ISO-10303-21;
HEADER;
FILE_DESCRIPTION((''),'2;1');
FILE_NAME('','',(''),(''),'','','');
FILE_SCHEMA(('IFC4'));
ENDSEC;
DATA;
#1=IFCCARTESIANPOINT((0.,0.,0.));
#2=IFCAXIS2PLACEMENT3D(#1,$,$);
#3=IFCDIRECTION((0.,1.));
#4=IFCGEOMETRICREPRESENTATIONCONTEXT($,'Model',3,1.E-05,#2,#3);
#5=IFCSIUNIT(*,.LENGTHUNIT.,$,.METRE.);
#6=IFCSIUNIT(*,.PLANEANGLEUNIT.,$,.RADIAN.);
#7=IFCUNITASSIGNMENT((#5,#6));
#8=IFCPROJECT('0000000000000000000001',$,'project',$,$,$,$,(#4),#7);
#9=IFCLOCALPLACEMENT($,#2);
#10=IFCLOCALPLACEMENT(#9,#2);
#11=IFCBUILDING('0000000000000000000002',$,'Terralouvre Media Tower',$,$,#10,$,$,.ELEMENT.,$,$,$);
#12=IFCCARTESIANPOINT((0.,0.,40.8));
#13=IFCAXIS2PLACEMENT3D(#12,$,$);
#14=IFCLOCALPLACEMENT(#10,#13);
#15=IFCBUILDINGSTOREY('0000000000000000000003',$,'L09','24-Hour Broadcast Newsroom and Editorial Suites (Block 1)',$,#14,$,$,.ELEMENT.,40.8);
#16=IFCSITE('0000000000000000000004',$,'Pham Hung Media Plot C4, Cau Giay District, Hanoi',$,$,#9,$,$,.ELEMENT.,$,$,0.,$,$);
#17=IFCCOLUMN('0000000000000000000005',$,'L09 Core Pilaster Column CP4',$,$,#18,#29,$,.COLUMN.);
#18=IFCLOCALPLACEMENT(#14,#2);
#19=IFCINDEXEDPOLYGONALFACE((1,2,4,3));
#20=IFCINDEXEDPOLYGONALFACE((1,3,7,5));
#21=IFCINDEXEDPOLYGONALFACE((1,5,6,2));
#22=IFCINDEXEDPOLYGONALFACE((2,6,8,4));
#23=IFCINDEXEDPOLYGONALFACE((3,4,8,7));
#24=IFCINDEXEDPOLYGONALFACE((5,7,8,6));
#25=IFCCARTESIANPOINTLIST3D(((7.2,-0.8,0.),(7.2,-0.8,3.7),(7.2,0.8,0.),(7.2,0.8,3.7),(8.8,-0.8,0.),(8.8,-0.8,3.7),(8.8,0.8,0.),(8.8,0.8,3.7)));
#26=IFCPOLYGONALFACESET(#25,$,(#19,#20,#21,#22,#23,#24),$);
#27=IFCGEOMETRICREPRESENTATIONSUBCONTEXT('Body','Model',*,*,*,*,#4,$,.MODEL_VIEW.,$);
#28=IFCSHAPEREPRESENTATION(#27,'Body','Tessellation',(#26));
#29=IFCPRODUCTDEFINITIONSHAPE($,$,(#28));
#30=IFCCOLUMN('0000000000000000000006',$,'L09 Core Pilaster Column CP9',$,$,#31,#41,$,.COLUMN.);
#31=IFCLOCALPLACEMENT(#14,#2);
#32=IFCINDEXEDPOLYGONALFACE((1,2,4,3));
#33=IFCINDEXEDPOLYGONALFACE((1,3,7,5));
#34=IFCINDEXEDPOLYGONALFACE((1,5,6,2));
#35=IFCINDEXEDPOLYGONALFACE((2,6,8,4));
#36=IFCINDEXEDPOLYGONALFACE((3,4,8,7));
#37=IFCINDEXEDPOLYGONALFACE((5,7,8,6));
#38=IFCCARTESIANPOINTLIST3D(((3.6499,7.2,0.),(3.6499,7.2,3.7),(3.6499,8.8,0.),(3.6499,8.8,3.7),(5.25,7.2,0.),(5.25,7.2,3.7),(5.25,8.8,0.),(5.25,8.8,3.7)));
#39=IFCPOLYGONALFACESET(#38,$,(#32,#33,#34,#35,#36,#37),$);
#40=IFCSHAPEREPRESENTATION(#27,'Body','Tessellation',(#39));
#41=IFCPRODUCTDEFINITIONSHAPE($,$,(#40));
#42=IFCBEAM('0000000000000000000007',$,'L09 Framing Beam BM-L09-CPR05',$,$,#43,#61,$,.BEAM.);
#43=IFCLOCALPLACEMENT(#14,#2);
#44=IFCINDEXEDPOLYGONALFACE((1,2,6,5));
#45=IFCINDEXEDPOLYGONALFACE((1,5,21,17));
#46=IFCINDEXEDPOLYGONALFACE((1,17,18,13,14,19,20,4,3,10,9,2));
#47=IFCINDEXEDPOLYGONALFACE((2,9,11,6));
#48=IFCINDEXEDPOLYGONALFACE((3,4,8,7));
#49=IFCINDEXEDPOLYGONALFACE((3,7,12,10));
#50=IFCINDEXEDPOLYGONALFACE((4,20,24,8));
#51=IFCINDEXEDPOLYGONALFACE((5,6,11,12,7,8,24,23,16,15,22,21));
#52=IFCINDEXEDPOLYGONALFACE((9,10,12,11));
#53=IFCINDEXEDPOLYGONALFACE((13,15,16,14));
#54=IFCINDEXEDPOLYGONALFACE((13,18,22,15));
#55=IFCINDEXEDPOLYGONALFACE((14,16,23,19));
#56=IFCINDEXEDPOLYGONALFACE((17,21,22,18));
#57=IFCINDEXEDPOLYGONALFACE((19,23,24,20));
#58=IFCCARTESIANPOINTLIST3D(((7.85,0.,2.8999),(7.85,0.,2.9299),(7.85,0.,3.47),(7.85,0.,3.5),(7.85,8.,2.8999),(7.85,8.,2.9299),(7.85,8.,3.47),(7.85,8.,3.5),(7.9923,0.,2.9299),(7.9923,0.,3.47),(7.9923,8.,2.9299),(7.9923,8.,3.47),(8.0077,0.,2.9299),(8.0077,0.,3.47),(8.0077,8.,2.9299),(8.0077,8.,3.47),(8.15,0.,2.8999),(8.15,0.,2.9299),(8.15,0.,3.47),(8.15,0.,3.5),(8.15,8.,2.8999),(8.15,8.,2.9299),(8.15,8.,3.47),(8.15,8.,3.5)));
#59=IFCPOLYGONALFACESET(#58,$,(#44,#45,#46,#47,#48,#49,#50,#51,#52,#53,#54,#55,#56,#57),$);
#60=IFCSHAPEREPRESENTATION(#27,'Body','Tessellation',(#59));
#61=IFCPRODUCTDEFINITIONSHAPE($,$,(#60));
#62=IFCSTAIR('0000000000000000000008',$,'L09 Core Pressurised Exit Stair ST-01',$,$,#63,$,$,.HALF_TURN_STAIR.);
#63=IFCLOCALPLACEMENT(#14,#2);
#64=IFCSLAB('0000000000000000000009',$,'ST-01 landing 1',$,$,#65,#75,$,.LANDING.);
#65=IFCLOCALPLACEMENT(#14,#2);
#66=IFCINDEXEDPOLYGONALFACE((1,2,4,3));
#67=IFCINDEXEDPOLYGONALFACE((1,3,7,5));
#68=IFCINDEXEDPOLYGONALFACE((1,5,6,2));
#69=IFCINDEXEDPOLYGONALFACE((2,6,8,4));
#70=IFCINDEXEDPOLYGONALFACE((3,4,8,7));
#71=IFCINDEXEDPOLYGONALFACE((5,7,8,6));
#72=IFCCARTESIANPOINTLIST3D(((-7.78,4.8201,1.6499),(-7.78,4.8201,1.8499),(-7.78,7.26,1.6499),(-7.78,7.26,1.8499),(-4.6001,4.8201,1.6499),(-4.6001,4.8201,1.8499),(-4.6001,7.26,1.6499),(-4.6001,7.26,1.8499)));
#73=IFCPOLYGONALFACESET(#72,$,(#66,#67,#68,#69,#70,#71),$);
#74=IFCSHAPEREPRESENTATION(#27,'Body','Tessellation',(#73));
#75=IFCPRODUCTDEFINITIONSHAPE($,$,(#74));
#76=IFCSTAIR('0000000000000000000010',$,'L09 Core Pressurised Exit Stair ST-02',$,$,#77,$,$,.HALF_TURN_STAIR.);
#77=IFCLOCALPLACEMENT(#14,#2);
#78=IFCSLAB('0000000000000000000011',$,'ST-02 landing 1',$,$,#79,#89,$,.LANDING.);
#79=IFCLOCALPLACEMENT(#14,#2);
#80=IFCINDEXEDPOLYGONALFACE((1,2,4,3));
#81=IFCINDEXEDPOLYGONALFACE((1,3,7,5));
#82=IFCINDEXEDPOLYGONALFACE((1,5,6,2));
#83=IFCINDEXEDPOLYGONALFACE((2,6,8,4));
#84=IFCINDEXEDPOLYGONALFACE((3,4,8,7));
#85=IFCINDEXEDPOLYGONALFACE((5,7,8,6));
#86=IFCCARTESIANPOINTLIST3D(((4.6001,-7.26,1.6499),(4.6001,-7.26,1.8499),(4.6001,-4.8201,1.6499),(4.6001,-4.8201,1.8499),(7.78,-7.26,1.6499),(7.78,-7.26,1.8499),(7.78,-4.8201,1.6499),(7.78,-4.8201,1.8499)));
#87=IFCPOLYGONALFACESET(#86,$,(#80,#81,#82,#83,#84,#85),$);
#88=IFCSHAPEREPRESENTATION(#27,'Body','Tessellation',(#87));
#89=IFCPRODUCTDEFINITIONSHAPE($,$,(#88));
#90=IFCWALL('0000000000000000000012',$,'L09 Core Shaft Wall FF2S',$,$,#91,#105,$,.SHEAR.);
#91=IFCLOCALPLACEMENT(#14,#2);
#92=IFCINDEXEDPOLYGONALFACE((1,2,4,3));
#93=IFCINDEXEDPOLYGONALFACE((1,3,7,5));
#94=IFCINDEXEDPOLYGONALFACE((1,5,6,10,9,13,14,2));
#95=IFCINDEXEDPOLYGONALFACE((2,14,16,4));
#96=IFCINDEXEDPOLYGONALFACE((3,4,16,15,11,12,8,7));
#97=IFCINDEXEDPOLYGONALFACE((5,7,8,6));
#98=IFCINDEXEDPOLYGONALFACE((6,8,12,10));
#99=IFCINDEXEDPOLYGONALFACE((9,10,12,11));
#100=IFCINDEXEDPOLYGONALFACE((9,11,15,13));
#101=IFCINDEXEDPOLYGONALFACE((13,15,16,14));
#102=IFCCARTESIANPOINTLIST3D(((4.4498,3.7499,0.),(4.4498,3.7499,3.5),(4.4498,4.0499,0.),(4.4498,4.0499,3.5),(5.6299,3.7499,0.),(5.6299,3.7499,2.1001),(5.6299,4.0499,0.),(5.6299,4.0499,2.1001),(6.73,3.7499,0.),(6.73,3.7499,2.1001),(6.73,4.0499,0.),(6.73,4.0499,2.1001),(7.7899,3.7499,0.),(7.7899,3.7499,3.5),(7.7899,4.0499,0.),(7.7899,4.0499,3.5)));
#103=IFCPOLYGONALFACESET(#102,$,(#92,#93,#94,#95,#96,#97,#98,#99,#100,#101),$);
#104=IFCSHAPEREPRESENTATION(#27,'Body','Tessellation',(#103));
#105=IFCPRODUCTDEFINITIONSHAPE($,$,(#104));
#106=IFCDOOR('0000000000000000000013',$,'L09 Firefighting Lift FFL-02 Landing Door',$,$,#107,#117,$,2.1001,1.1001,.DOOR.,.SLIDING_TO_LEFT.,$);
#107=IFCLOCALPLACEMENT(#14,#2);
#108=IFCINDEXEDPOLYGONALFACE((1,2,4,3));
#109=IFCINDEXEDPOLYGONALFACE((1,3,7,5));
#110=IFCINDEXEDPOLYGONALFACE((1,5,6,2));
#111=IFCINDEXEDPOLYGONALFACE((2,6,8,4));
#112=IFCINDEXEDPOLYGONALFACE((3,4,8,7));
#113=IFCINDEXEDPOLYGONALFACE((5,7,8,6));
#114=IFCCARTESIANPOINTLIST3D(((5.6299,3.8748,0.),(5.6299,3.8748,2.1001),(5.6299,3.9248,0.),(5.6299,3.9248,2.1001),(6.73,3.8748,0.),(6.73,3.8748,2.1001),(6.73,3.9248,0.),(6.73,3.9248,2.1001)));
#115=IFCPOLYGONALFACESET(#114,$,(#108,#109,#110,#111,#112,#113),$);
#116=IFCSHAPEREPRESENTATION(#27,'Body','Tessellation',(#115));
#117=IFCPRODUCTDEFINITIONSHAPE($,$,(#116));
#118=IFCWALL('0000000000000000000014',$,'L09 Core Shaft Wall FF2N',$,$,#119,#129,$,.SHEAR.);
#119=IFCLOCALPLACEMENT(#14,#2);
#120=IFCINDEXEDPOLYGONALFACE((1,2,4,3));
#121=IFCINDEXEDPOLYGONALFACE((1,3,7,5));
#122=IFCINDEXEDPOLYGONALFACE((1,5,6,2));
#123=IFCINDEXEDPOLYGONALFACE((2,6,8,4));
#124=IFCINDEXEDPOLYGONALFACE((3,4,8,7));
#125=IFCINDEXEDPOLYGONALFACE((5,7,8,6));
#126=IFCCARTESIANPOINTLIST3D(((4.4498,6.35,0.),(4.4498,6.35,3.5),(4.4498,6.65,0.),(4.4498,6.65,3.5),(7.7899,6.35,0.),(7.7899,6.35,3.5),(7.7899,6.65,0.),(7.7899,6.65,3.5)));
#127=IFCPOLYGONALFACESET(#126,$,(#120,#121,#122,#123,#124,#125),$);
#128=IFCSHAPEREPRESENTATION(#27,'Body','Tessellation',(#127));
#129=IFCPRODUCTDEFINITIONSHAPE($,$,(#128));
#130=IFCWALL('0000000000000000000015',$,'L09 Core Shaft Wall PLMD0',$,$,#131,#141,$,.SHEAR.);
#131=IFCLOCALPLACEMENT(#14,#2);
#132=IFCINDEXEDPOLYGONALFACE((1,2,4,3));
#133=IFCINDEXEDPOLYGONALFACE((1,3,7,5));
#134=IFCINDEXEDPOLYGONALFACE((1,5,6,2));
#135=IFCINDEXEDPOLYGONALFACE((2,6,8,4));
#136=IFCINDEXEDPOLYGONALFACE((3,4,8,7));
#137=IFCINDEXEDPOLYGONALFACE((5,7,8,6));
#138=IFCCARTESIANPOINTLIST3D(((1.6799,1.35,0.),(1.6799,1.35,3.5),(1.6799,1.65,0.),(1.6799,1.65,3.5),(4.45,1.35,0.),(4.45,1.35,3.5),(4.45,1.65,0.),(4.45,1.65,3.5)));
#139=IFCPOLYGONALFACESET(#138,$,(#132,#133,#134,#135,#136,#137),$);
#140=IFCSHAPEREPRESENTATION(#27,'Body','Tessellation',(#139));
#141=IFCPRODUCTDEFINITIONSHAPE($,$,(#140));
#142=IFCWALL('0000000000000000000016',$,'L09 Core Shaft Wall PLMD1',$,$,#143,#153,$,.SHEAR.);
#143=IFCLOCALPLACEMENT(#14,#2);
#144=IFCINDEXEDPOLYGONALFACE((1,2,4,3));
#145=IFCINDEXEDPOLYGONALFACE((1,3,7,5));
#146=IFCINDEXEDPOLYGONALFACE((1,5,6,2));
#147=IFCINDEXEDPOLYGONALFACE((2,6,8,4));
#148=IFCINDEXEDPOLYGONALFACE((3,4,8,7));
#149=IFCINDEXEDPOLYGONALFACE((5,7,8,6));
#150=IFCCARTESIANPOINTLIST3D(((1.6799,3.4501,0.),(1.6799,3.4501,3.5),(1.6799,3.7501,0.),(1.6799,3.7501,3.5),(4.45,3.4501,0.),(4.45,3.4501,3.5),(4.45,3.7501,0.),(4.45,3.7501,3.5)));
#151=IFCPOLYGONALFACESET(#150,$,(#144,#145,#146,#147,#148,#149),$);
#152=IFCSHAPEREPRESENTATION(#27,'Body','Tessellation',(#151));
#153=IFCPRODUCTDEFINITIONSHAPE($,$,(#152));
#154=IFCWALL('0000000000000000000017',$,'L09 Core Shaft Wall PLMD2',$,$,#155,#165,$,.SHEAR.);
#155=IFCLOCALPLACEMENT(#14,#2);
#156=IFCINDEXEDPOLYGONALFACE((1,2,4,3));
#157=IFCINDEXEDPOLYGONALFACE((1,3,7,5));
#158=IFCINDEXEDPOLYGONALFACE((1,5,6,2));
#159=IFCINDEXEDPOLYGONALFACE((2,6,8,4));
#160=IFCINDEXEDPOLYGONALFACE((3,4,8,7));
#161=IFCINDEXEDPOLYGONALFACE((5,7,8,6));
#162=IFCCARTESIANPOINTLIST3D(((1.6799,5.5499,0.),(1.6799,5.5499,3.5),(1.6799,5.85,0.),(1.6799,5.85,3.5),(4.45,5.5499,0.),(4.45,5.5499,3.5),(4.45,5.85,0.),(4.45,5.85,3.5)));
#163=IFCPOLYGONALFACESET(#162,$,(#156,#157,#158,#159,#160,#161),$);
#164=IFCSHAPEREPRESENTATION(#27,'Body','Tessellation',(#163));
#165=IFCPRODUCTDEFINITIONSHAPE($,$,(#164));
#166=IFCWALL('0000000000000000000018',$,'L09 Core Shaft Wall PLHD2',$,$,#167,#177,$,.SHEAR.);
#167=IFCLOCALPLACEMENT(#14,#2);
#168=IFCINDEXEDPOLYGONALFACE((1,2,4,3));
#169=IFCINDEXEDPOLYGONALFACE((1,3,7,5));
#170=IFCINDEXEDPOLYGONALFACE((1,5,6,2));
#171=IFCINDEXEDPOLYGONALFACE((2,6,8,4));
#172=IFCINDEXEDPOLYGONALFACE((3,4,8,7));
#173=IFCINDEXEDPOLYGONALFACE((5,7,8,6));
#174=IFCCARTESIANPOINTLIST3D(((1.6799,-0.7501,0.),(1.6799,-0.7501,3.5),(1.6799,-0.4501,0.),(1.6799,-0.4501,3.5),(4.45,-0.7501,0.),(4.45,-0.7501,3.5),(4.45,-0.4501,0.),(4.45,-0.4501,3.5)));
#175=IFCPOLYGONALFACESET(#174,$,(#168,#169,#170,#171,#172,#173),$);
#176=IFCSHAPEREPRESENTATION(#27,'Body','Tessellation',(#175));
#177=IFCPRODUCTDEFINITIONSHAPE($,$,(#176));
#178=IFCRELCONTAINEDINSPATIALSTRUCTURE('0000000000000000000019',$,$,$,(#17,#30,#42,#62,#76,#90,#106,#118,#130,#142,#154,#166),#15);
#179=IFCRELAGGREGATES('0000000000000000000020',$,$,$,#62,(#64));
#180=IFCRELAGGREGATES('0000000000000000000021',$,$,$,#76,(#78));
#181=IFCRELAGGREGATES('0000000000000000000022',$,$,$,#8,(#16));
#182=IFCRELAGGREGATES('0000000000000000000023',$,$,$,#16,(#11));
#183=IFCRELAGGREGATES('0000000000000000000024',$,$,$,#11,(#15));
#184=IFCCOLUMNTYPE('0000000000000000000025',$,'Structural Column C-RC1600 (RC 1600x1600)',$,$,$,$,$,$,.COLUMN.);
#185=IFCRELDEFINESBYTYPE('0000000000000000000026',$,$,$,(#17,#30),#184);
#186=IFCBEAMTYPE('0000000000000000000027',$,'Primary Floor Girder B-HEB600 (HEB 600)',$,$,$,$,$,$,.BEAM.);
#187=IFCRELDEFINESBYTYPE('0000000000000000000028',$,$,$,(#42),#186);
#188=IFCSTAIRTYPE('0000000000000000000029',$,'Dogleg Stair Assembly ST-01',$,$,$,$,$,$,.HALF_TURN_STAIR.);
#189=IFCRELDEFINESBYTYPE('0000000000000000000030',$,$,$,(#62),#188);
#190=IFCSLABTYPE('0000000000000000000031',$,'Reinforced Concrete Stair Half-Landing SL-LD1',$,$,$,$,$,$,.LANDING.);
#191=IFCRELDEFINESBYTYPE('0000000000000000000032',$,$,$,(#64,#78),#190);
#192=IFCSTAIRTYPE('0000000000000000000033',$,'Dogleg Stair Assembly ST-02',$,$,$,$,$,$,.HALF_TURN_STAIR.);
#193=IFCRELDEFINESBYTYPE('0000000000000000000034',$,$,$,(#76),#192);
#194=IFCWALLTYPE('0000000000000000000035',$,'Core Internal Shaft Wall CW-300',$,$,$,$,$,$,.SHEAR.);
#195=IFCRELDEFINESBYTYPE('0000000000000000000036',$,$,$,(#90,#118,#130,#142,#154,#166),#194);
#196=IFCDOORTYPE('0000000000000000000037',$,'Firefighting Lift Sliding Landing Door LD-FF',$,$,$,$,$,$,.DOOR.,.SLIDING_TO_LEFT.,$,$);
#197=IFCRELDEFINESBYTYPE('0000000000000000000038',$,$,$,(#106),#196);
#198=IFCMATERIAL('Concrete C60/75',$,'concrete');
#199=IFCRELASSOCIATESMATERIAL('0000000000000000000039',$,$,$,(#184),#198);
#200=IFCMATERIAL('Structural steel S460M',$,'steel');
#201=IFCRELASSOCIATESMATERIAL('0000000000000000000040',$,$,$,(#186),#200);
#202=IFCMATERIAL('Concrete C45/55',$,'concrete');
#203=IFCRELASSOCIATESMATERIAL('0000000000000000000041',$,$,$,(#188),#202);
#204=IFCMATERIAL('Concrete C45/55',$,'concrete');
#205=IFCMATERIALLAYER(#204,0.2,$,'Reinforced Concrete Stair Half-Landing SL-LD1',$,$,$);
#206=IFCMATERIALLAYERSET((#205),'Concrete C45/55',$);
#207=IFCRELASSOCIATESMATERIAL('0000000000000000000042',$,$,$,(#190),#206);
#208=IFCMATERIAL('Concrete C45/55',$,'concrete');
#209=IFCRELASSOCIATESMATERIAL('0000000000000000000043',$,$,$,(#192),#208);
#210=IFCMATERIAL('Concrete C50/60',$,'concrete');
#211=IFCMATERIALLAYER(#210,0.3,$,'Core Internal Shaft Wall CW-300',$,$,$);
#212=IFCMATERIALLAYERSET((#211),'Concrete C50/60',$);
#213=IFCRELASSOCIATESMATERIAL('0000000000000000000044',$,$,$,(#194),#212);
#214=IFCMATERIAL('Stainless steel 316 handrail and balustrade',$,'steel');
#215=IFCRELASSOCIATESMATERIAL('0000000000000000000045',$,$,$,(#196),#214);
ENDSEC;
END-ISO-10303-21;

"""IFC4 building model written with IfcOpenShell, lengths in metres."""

from ifc_helpers import new_model, si_unit, direction, frame, frame_2d, origin, origin_2d, place, context, subcontext, project, spatial, polyline, rectangle, i_section, outline, extrude, material, layer, layer_set, material_profile, profile_set, type_object, element, fill, aggregate, save


model = new_model("IFC4")

# Units and contexts
model_context = context("Model", 3, precision=1e-05, world=origin(), true_north=direction((0.0, 1.0)))
body_context = subcontext(model_context, "Body", "Model", "MODEL_VIEW")
ifc_project = project(units=[si_unit("LENGTHUNIT", "METRE"), si_unit("PLANEANGLEUNIT", "RADIAN")], contexts=[model_context])

# Site, building, storey
site_placement = place(None, origin())
site = spatial("IfcSite", under=ifc_project, at=site_placement, Name="Pham Hung Media Plot C4, Cau Giay District, Hanoi", CompositionType="ELEMENT", RefElevation=0.0)
building_placement = place(site_placement, origin())
building = spatial("IfcBuilding", under=site, at=building_placement, Name="Terralouvre Media Tower", CompositionType="ELEMENT")
storey_placement = place(building_placement, frame((0.0, 0.0, 40.8)))
storey = spatial("IfcBuildingStorey", under=building, at=storey_placement, Name="L09", Description="24-Hour Broadcast Newsroom and Editorial Suites (Block 1)", CompositionType="ELEMENT", Elevation=40.8)

# Columns
ifc_material_1 = material(Name="Concrete C60/75", Category="concrete")
ifc_material_profile_1 = material_profile(ifc_material_1, rectangle(XDim=1.6001, YDim=1.6001, at=origin_2d()), Name="RC 1600x1600")
ifc_profile_set_1 = profile_set([ifc_material_profile_1], Name="Concrete C60/75")
column_type = type_object("IfcColumnType", Name="Structural Column C-RC1600 (RC 1600x1600)", PredefinedType="COLUMN", material=ifc_profile_set_1)
for number, where, z_axis, x_axis, name in (
    (1, (8.0, 0.0, 0.0), (0.0, 0.0, 1.0), (1.0, 0.0, 0.0), "L09 Core Pilaster Column CP4"),
    (2, (4.45, 8.0, 0.0), (0.0, 0.0, 1.0), (1.0, 0.0, 0.0), "L09 Core Pilaster Column CP9"),
):
    element("IfcColumn", number, at=place(storey_placement, frame(where, z_axis=z_axis, x_axis=x_axis)), inside=storey, type_object=column_type, Name=name, PredefinedType="COLUMN", context=body_context, shape_type="SweptSolid", body=[
        extrude(rectangle(XDim=1.6001, YDim=1.6001, at=origin_2d()), origin(), (0.0, 0.0, 1.0), 3.7),
    ])

# Beam
ifc_material_2 = material(Name="Structural steel S460M", Category="steel")
ifc_material_profile_2 = material_profile(ifc_material_2, i_section(OverallWidth=0.3, OverallDepth=0.6001, WebThickness=0.0154, FlangeThickness=0.03, at=origin_2d()), Name="HEB 600")
ifc_profile_set_2 = profile_set([ifc_material_profile_2], Name="Structural steel S460M")
beam_type = type_object("IfcBeamType", Name="Primary Floor Girder B-HEB600 (HEB 600)", PredefinedType="BEAM", material=ifc_profile_set_2)
beam_placement = place(storey_placement, frame((8.0, 0.0, 3.2), z_axis=(0.0, 1.0, 0.0), x_axis=(-1.0, 0.0, 0.0)))
element("IfcBeam", 3, at=beam_placement, inside=storey, type_object=beam_type, Name="L09 Framing Beam BM-L09-CPR05", PredefinedType="BEAM", context=body_context, shape_type="SweptSolid", body=[
    extrude(i_section(OverallWidth=0.3, OverallDepth=0.6001, WebThickness=0.0154, FlangeThickness=0.03, at=origin_2d()), origin(), (0.0, 0.0, 1.0), 8.0),
])

# Stairs, slabs
ifc_material_3 = material(Name="Concrete C45/55", Category="concrete")
stair_type_1 = type_object("IfcStairType", Name="Dogleg Stair Assembly ST-01", PredefinedType="HALF_TURN_STAIR", material=ifc_material_3)
stair_1_placement = place(storey_placement, origin())
stair_1 = element("IfcStair", 4, at=stair_1_placement, inside=storey, type_object=stair_type_1, Name="L09 Core Pressurised Exit Stair ST-01", PredefinedType="HALF_TURN_STAIR")
ifc_material_4 = material(Name="Concrete C45/55", Category="concrete")
ifc_layer_1 = layer(ifc_material_4, 0.2, Name="Reinforced Concrete Stair Half-Landing SL-LD1")
ifc_layer_set_1 = layer_set([ifc_layer_1], Name="Concrete C45/55")
slab_type = type_object("IfcSlabType", Name="Reinforced Concrete Stair Half-Landing SL-LD1", PredefinedType="LANDING", material=ifc_layer_set_1)
slab_1_placement = place(storey_placement, frame((0.0, 0.0, 1.6499)))
slab_1 = element("IfcSlab", 5, at=slab_1_placement, type_object=slab_type, Name="ST-01 landing 1", PredefinedType="LANDING", context=body_context, shape_type="SweptSolid", body=[
    extrude(outline(polyline([(-4.6001, 4.8201), (-4.6001, 7.26), (-7.78, 7.26), (-7.78, 4.8201), (-4.6001, 4.8201)])), origin(), (0.0, 0.0, 1.0), 0.2),
])
aggregate(stair_1, [slab_1])
ifc_material_5 = material(Name="Concrete C45/55", Category="concrete")
stair_type_2 = type_object("IfcStairType", Name="Dogleg Stair Assembly ST-02", PredefinedType="HALF_TURN_STAIR", material=ifc_material_5)
stair_2_placement = place(storey_placement, origin())
stair_2 = element("IfcStair", 6, at=stair_2_placement, inside=storey, type_object=stair_type_2, Name="L09 Core Pressurised Exit Stair ST-02", PredefinedType="HALF_TURN_STAIR")
slab_2_placement = place(storey_placement, frame((0.0, 0.0, 1.6499)))
slab_2 = element("IfcSlab", 7, at=slab_2_placement, type_object=slab_type, Name="ST-02 landing 1", PredefinedType="LANDING", context=body_context, shape_type="SweptSolid", body=[
    extrude(outline(polyline([(4.6001, -4.8201), (4.6001, -7.26), (7.78, -7.26), (7.78, -4.8201), (4.6001, -4.8201)])), origin(), (0.0, 0.0, 1.0), 0.2),
])
aggregate(stair_2, [slab_2])

# Wall, opening, door
ifc_material_6 = material(Name="Concrete C50/60", Category="concrete")
ifc_layer_2 = layer(ifc_material_6, 0.3, Name="Core Internal Shaft Wall CW-300")
ifc_layer_set_2 = layer_set([ifc_layer_2], Name="Concrete C50/60")
wall_type = type_object("IfcWallType", Name="Core Internal Shaft Wall CW-300", PredefinedType="SHEAR", material=ifc_layer_set_2)
wall_1_placement = place(storey_placement, frame((4.45, 3.8999, 0.0), z_axis=(0.0, 0.0, 1.0), x_axis=(1.0, 0.0, 0.0)))
wall_1 = element("IfcWall", 8, at=wall_1_placement, inside=storey, type_object=wall_type, Name="L09 Core Shaft Wall FF2S", PredefinedType="SHEAR", context=body_context, shape_type="SweptSolid", body=[
    extrude(rectangle(XDim=3.3401, YDim=0.3, at=frame_2d((1.6699, 0.0))), origin(), (0.0, 0.0, 1.0), 3.5),
])
opening_1_placement = place(wall_1_placement, frame((1.1799, 0.0, 0.0)))
opening_1 = element("IfcOpeningElement", 9, at=opening_1_placement, cuts=wall_1, PredefinedType="OPENING", context=body_context, shape_type="SweptSolid", body=[
    extrude(rectangle(XDim=1.1001, YDim=2.1001, at=frame_2d((0.55, 1.05))), frame((0.0, 0.1599, 0.0), z_axis=(0.0, -1.0, 0.0), x_axis=(1.0, 0.0, 0.0)), (0.0, 0.0, 1.0), 0.3201),
])
ifc_material_7 = material(Name="Stainless steel 316 handrail and balustrade", Category="steel")
door_type_1 = type_object("IfcDoorType", Name="Firefighting Lift Sliding Landing Door LD-FF", OperationType="SLIDING_TO_LEFT", PredefinedType="DOOR", material=ifc_material_7)
door_1_placement = place(opening_1_placement, origin())
door_1 = element("IfcDoor", 10, at=door_1_placement, inside=storey, type_object=door_type_1, Name="L09 Firefighting Lift FFL-02 Landing Door", OperationType="SLIDING_TO_LEFT", OverallHeight=2.1001, OverallWidth=1.1001, PredefinedType="DOOR", context=body_context, shape_type="SweptSolid", body=[
    extrude(rectangle(XDim=1.1001, YDim=2.1001, at=frame_2d((0.55, 1.05))), frame((0.0, 0.0249, 0.0), z_axis=(0.0, -1.0, 0.0), x_axis=(1.0, 0.0, 0.0)), (0.0, 0.0, 1.0), 0.05),
])
fill(opening_1, door_1)

# Walls
wall_2_placement = place(storey_placement, frame((4.45, 6.5, 0.0), z_axis=(0.0, 0.0, 1.0), x_axis=(1.0, 0.0, 0.0)))
element("IfcWall", 11, at=wall_2_placement, inside=storey, type_object=wall_type, Name="L09 Core Shaft Wall FF2N", PredefinedType="SHEAR", context=body_context, shape_type="SweptSolid", body=[
    extrude(rectangle(XDim=3.3401, YDim=0.3, at=frame_2d((1.6699, 0.0))), origin(), (0.0, 0.0, 1.0), 3.5),
])
for number, where, z_axis, x_axis, name in (
    (12, (1.6799, 1.5, 0.0), (0.0, 0.0, 1.0), (1.0, 0.0, 0.0), "L09 Core Shaft Wall PLMD0"),
    (13, (1.6799, 3.6001, 0.0), (0.0, 0.0, 1.0), (1.0, 0.0, 0.0), "L09 Core Shaft Wall PLMD1"),
    (14, (1.6799, 5.7, 0.0), (0.0, 0.0, 1.0), (1.0, 0.0, 0.0), "L09 Core Shaft Wall PLMD2"),
    (15, (1.6799, -0.6001, 0.0), (0.0, 0.0, 1.0), (1.0, 0.0, 0.0), "L09 Core Shaft Wall PLHD2"),
):
    element("IfcWall", number, at=place(storey_placement, frame(where, z_axis=z_axis, x_axis=x_axis)), inside=storey, type_object=wall_type, Name=name, PredefinedType="SHEAR", context=body_context, shape_type="SweptSolid", body=[
        extrude(rectangle(XDim=2.77, YDim=0.3, at=frame_2d((1.385, 0.0))), origin(), (0.0, 0.0, 1.0), 3.5),
    ])

save(model, "model.ifc")
